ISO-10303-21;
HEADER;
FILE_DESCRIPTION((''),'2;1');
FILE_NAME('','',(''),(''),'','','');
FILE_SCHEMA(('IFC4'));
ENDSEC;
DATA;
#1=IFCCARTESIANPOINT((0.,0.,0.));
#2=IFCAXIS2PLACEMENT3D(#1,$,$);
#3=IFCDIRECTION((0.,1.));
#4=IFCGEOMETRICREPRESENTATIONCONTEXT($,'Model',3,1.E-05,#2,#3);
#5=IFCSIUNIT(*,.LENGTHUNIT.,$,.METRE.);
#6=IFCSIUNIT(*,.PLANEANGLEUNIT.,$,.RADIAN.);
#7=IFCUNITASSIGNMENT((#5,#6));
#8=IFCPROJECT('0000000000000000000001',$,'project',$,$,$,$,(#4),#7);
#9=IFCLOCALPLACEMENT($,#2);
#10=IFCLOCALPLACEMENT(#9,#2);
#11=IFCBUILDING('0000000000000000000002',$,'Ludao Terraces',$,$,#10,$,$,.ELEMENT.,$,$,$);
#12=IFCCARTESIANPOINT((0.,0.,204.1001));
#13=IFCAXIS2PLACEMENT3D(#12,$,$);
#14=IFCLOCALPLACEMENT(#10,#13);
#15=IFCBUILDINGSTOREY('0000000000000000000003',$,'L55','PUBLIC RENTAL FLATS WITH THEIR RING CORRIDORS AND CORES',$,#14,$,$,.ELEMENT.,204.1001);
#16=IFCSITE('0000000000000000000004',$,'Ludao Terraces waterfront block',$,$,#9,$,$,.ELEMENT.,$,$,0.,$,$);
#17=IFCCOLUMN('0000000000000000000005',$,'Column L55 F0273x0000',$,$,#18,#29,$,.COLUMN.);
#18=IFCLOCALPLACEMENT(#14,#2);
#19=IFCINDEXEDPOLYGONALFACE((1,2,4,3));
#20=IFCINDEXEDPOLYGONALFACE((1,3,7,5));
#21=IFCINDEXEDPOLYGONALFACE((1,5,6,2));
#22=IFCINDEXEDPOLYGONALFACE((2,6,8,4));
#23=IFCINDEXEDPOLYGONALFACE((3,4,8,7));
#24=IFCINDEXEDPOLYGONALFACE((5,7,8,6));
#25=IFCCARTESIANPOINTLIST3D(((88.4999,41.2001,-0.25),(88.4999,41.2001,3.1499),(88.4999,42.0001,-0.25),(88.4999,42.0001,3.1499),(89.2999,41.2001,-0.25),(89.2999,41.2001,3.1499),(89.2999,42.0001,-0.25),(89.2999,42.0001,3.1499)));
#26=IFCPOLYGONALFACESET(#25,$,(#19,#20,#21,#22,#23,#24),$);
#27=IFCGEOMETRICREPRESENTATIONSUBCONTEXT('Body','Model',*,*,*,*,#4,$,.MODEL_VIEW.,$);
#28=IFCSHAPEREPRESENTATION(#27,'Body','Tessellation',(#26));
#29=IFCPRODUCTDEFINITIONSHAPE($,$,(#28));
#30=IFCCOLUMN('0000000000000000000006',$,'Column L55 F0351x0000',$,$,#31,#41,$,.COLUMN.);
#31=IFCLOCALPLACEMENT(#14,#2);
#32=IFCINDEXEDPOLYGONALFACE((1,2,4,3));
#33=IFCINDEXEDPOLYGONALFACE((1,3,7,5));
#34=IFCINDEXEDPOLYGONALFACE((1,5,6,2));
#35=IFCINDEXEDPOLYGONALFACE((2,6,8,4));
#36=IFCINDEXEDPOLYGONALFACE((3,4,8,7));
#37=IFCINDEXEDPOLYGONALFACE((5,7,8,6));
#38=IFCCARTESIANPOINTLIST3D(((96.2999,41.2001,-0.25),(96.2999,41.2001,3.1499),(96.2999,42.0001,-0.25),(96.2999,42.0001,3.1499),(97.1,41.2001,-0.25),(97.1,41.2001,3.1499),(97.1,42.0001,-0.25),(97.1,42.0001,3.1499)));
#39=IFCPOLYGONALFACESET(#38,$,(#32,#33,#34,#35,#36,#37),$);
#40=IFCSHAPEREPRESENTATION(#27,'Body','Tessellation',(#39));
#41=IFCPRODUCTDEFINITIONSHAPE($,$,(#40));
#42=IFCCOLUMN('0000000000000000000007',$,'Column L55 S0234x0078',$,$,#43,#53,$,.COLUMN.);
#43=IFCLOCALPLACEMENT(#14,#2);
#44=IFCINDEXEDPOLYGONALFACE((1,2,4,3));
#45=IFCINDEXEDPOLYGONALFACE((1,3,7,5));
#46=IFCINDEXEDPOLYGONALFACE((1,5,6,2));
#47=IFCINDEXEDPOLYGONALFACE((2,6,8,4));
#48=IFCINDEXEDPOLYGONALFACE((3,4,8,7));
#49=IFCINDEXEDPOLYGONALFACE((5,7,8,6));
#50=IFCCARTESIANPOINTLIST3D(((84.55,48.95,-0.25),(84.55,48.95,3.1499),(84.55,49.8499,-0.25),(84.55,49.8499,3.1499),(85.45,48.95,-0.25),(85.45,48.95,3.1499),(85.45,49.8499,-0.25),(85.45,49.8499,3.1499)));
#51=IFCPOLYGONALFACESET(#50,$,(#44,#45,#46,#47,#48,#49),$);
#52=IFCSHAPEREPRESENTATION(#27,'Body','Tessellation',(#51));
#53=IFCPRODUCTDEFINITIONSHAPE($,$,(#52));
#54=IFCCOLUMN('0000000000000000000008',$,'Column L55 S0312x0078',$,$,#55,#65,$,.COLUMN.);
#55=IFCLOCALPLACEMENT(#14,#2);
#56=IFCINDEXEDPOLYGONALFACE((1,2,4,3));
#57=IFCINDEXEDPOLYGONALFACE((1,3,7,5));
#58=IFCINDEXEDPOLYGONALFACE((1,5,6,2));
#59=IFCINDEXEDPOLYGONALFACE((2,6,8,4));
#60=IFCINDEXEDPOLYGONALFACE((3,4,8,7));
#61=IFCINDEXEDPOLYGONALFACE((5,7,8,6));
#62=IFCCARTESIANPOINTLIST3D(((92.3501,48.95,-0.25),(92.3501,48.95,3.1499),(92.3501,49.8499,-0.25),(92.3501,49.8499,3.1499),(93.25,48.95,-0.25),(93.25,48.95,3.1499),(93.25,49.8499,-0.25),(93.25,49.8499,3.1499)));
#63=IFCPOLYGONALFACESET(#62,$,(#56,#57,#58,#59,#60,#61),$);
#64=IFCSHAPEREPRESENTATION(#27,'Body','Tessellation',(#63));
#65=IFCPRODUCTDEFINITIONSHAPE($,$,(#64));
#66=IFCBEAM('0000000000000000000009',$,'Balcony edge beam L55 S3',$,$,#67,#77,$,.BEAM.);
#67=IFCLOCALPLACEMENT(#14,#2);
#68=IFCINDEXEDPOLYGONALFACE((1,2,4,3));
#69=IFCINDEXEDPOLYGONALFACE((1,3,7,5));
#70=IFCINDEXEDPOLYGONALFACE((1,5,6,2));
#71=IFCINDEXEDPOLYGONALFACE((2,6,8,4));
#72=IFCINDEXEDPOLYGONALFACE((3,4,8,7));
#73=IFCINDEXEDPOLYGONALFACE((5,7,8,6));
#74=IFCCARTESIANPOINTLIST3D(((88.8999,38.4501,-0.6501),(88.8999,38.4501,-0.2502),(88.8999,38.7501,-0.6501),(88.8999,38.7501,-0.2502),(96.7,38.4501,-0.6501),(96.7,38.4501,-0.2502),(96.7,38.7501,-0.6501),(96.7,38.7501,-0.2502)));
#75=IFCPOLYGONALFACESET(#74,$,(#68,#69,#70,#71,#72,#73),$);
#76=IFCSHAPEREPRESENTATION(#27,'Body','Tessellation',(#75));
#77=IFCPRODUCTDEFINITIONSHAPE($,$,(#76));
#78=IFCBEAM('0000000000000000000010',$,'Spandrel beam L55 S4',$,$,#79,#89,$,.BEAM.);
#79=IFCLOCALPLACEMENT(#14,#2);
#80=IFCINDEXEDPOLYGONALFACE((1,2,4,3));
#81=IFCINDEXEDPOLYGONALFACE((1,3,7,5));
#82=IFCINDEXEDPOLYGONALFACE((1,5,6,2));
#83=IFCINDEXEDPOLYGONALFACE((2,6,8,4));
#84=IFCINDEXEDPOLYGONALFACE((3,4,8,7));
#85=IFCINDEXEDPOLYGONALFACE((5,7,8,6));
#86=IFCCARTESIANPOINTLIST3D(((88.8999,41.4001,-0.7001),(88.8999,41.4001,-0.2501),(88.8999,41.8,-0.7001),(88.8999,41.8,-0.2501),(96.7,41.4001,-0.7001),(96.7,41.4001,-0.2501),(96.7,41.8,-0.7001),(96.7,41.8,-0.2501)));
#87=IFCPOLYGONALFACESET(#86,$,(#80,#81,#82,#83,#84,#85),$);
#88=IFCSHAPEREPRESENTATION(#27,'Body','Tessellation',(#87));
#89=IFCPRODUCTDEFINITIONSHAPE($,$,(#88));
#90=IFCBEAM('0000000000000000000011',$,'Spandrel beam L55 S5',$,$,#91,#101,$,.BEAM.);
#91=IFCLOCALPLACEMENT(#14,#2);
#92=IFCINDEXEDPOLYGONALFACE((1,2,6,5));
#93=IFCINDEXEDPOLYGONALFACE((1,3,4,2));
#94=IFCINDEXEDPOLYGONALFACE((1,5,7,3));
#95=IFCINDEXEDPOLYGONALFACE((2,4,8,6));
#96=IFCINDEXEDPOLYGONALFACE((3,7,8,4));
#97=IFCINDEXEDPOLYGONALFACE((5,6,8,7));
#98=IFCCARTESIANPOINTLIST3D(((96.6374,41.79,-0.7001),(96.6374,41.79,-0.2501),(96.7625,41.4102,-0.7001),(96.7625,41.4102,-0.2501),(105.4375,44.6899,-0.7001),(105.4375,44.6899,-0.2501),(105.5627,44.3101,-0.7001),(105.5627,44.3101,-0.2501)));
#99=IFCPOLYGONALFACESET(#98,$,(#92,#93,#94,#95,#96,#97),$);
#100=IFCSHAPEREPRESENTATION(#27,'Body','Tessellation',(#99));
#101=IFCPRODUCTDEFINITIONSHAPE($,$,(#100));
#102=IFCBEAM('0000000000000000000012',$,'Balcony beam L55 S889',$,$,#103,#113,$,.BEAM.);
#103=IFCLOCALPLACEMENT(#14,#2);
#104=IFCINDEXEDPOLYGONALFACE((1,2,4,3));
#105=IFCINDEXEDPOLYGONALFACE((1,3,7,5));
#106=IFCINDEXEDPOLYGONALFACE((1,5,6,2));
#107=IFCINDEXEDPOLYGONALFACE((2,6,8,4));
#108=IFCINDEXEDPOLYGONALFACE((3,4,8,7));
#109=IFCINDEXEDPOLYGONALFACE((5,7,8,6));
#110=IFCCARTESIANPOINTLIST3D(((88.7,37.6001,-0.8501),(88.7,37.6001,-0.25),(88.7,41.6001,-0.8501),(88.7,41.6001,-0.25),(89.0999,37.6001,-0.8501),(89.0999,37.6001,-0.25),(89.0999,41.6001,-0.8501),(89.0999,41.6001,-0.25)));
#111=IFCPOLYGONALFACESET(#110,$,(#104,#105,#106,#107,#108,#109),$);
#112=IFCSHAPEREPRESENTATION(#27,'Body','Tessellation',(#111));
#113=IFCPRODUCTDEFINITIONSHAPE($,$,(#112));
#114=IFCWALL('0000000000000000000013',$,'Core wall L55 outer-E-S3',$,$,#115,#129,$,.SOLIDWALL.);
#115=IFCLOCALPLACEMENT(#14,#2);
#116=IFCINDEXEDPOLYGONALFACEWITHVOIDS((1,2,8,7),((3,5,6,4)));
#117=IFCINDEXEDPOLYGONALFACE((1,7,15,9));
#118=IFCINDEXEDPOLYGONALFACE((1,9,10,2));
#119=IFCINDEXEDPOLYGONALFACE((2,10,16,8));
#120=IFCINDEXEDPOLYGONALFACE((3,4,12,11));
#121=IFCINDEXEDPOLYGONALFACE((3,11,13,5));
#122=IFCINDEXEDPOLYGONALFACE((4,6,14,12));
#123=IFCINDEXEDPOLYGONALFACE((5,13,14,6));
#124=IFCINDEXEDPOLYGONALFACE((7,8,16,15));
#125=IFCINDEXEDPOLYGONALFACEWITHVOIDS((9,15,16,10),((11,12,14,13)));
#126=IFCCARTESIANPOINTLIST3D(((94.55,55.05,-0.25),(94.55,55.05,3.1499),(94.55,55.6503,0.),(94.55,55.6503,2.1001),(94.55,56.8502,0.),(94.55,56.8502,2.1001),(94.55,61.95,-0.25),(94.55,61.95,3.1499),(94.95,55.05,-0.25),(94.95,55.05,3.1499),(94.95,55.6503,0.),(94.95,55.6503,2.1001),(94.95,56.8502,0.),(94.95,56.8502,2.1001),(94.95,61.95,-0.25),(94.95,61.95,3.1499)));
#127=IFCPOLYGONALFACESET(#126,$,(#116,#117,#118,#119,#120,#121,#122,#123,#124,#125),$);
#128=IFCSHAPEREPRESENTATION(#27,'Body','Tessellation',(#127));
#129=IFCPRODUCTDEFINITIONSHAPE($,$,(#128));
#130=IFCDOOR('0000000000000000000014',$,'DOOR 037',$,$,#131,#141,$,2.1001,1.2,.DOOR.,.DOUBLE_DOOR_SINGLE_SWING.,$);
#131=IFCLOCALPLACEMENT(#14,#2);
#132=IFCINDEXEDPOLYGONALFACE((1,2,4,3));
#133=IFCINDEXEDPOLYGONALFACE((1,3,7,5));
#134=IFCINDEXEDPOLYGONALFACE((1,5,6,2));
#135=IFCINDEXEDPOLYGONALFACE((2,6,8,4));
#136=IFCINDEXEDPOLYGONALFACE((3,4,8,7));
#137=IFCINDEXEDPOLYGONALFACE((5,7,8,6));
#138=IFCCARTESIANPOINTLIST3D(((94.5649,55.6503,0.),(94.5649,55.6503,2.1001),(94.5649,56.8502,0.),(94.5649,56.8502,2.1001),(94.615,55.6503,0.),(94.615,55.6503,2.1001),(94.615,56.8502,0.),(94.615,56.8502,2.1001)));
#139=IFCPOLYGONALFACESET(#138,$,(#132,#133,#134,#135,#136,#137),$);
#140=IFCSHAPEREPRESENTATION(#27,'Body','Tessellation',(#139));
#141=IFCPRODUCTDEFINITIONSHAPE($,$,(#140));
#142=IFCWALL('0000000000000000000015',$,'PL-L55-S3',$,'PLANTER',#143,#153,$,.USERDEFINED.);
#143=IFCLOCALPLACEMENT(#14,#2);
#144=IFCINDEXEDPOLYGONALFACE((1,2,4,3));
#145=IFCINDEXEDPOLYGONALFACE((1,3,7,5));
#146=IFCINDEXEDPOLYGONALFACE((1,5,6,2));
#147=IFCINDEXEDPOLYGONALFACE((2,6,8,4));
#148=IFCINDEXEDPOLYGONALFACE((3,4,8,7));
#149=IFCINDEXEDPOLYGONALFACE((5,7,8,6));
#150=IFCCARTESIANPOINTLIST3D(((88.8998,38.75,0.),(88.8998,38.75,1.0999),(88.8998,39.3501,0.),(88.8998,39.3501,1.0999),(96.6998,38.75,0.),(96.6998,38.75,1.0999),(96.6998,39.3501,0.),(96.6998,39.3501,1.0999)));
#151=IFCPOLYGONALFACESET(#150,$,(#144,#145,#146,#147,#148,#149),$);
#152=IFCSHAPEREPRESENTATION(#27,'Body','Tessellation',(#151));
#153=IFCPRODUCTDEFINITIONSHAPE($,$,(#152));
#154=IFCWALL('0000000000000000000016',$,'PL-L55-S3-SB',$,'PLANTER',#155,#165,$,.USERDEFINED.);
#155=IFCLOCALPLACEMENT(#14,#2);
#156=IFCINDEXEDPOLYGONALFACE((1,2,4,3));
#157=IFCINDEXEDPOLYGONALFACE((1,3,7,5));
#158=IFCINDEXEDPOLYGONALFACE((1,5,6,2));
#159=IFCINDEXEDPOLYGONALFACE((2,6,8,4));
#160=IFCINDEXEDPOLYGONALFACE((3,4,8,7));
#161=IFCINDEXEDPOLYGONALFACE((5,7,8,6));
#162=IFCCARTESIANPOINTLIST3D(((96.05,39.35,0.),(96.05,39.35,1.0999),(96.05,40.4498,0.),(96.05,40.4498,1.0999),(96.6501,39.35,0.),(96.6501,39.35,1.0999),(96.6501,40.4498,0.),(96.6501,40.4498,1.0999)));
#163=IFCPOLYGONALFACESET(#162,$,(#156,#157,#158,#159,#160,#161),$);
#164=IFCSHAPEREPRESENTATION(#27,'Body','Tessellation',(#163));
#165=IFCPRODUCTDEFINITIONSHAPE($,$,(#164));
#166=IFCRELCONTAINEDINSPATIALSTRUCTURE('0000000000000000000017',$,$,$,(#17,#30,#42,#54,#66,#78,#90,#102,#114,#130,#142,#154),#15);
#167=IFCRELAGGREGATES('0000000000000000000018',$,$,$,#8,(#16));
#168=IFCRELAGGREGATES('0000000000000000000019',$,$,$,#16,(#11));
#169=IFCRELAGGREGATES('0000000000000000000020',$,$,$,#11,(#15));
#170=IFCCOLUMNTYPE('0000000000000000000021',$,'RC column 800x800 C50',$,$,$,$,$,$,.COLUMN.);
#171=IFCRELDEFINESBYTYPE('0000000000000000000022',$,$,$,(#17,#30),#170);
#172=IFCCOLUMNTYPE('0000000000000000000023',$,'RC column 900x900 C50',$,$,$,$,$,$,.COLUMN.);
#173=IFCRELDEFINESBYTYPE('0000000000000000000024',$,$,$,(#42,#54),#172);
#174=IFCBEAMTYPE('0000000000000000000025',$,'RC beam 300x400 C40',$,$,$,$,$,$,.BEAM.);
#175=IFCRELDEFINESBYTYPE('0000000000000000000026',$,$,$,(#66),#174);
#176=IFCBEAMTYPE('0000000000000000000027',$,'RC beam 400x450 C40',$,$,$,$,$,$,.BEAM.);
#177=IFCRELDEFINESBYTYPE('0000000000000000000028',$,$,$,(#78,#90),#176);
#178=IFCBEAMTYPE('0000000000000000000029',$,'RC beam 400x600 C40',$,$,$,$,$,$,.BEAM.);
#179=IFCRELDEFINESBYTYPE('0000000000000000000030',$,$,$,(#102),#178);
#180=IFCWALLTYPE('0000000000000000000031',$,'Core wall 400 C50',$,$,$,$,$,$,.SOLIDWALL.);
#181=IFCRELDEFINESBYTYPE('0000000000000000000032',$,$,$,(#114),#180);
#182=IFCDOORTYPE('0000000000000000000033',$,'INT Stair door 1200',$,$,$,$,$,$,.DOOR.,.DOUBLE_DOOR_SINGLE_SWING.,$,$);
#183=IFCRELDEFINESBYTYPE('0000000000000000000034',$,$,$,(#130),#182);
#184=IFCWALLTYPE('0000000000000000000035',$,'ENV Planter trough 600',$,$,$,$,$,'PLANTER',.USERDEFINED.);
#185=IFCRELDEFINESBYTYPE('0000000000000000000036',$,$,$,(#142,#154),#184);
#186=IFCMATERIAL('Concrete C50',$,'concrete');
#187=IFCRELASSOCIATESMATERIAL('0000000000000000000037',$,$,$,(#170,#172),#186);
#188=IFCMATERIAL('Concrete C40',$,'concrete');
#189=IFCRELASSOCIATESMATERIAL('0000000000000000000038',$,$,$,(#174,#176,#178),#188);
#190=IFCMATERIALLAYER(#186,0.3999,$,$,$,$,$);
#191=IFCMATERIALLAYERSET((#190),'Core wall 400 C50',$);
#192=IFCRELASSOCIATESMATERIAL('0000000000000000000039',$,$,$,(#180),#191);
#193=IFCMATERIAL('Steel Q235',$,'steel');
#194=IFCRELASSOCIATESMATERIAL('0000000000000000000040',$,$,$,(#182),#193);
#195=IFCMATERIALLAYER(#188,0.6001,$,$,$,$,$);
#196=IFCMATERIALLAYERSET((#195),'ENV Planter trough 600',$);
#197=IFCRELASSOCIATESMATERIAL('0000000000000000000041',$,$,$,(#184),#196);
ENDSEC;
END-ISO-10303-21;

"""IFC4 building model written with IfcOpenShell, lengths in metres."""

from ifc_helpers import new_model, si_unit, direction, frame, frame_2d, origin, origin_2d, place, context, subcontext, project, spatial, rectangle, extrude, material, layer, layer_set, material_profile, profile_set, type_object, element, fill, save


model = new_model("IFC4")

# Units and contexts
model_context = context("Model", 3, precision=1e-05, world=origin(), true_north=direction((0.0, 1.0)))
body_context = subcontext(model_context, "Body", "Model", "MODEL_VIEW")
ifc_project = project(units=[si_unit("LENGTHUNIT", "METRE"), si_unit("PLANEANGLEUNIT", "RADIAN")], contexts=[model_context])

# Site, building, storey
site_placement = place(None, origin())
site = spatial("IfcSite", under=ifc_project, at=site_placement, Name="Ludao Terraces waterfront block", CompositionType="ELEMENT", RefElevation=0.0)
building_placement = place(site_placement, origin())
building = spatial("IfcBuilding", under=site, at=building_placement, Name="Ludao Terraces", CompositionType="ELEMENT")
storey_placement = place(building_placement, frame((0.0, 0.0, 204.1001)))
storey = spatial("IfcBuildingStorey", under=building, at=storey_placement, Name="L55", Description="PUBLIC RENTAL FLATS WITH THEIR RING CORRIDORS AND CORES", CompositionType="ELEMENT", Elevation=204.1001)

# Columns
ifc_material_1 = material(Name="Concrete C50", Category="concrete")
ifc_material_profile_1 = material_profile(ifc_material_1, rectangle(XDim=0.8, YDim=0.8, at=origin_2d()), Name="800 X 800")
ifc_profile_set_1 = profile_set([ifc_material_profile_1], Name="Concrete C50")
column_type_1 = type_object("IfcColumnType", Name="RC column 800x800 C50", PredefinedType="COLUMN", material=ifc_profile_set_1)
for number, where, z_axis, x_axis, name in (
    (1, (88.8999, 41.6001, -0.25), (0.0, 0.0, 1.0), (1.0, 0.0, 0.0), "Column L55 F0273x0000"),
    (2, (96.7, 41.6001, -0.25), (0.0, 0.0, 1.0), (1.0, 0.0, 0.0), "Column L55 F0351x0000"),
):
    element("IfcColumn", number, at=place(storey_placement, frame(where, z_axis=z_axis, x_axis=x_axis)), inside=storey, type_object=column_type_1, Name=name, PredefinedType="COLUMN", context=body_context, shape_type="SweptSolid", body=[
        extrude(rectangle(XDim=0.8, YDim=0.8, at=origin_2d()), origin(), (0.0, 0.0, 1.0), 3.3999),
    ])
ifc_material_profile_2 = material_profile(ifc_material_1, rectangle(XDim=0.8999, YDim=0.8999, at=origin_2d()), Name="900 X 900")
ifc_profile_set_2 = profile_set([ifc_material_profile_2], Name="Concrete C50")
column_type_2 = type_object("IfcColumnType", Name="RC column 900x900 C50", PredefinedType="COLUMN", material=ifc_profile_set_2)
for number, where, z_axis, x_axis, name in (
    (3, (85.0, 49.3999, -0.25), (0.0, 0.0, 1.0), (1.0, 0.0, 0.0), "Column L55 S0234x0078"),
    (4, (92.8, 49.3999, -0.25), (0.0, 0.0, 1.0), (1.0, 0.0, 0.0), "Column L55 S0312x0078"),
):
    element("IfcColumn", number, at=place(storey_placement, frame(where, z_axis=z_axis, x_axis=x_axis)), inside=storey, type_object=column_type_2, Name=name, PredefinedType="COLUMN", context=body_context, shape_type="SweptSolid", body=[
        extrude(rectangle(XDim=0.8999, YDim=0.8999, at=origin_2d()), origin(), (0.0, 0.0, 1.0), 3.3999),
    ])

# Beams
ifc_material_2 = material(Name="Concrete C40", Category="concrete")
ifc_material_profile_3 = material_profile(ifc_material_2, rectangle(XDim=0.3, YDim=0.3999, at=origin_2d()), Name="300 X 400")
ifc_profile_set_3 = profile_set([ifc_material_profile_3], Name="Concrete C40")
beam_type_1 = type_object("IfcBeamType", Name="RC beam 300x400 C40", PredefinedType="BEAM", material=ifc_profile_set_3)
beam_1_placement = place(storey_placement, frame((88.8999, 38.6001, -0.4502), z_axis=(1.0, 0.0, 0.0), x_axis=(0.0, 1.0, 0.0)))
element("IfcBeam", 5, at=beam_1_placement, inside=storey, type_object=beam_type_1, Name="Balcony edge beam L55 S3", PredefinedType="BEAM", context=body_context, shape_type="SweptSolid", body=[
    extrude(rectangle(XDim=0.3, YDim=0.3999, at=origin_2d()), origin(), (0.0, 0.0, 1.0), 7.8),
])
ifc_material_profile_4 = material_profile(ifc_material_2, rectangle(XDim=0.3999, YDim=0.45, at=origin_2d()), Name="400 X 450")
ifc_profile_set_4 = profile_set([ifc_material_profile_4], Name="Concrete C40")
beam_type_2 = type_object("IfcBeamType", Name="RC beam 400x450 C40", PredefinedType="BEAM", material=ifc_profile_set_4)
beam_2_placement = place(storey_placement, frame((88.8999, 41.6001, -0.4751), z_axis=(1.0, 0.0, 0.0), x_axis=(0.0, 1.0, 0.0)))
element("IfcBeam", 6, at=beam_2_placement, inside=storey, type_object=beam_type_2, Name="Spandrel beam L55 S4", PredefinedType="BEAM", context=body_context, shape_type="SweptSolid", body=[
    extrude(rectangle(XDim=0.3999, YDim=0.45, at=origin_2d()), origin(), (0.0, 0.0, 1.0), 7.8),
])
beam_3_placement = place(storey_placement, frame((96.7, 41.6001, -0.4751), z_axis=(0.949761, 0.312977, 0.0), x_axis=(-0.312977, 0.949761, 0.0)))
element("IfcBeam", 7, at=beam_3_placement, inside=storey, type_object=beam_type_2, Name="Spandrel beam L55 S5", PredefinedType="BEAM", context=body_context, shape_type="SweptSolid", body=[
    extrude(rectangle(XDim=0.3999, YDim=0.45, at=origin_2d()), origin(), (0.0, 0.0, 1.0), 9.2656),
])
ifc_material_profile_5 = material_profile(ifc_material_2, rectangle(XDim=0.3999, YDim=0.6001, at=origin_2d()), Name="400 X 600")
ifc_profile_set_5 = profile_set([ifc_material_profile_5], Name="Concrete C40")
beam_type_3 = type_object("IfcBeamType", Name="RC beam 400x600 C40", PredefinedType="BEAM", material=ifc_profile_set_5)
beam_4_placement = place(storey_placement, frame((88.8999, 41.6001, -0.55), z_axis=(0.0, -1.0, 0.0), x_axis=(1.0, 0.0, 0.0)))
element("IfcBeam", 8, at=beam_4_placement, inside=storey, type_object=beam_type_3, Name="Balcony beam L55 S889", PredefinedType="BEAM", context=body_context, shape_type="SweptSolid", body=[
    extrude(rectangle(XDim=0.3999, YDim=0.6001, at=origin_2d()), origin(), (0.0, 0.0, 1.0), 4.0),
])

# Wall, opening, door
ifc_layer_1 = layer(ifc_material_1, 0.3999)
ifc_layer_set_1 = layer_set([ifc_layer_1], Name="Core wall 400 C50")
wall_type_1 = type_object("IfcWallType", Name="Core wall 400 C50", PredefinedType="SOLIDWALL", material=ifc_layer_set_1)
wall_1_placement = place(storey_placement, frame((94.75, 55.05, -0.25), z_axis=(0.0, 0.0, 1.0), x_axis=(0.0, 1.0, 0.0)))
wall_1 = element("IfcWall", 9, at=wall_1_placement, inside=storey, type_object=wall_type_1, Name="Core wall L55 outer-E-S3", PredefinedType="SOLIDWALL", context=body_context, shape_type="SweptSolid", body=[
    extrude(rectangle(XDim=6.8999, YDim=0.3999, at=frame_2d((3.45, 0.0))), origin(), (0.0, 0.0, 1.0), 3.3999),
])
opening_1_placement = place(wall_1_placement, frame((0.6001, 0.0, 0.25)))
opening_1 = element("IfcOpeningElement", 10, at=opening_1_placement, cuts=wall_1, PredefinedType="OPENING", context=body_context, shape_type="SweptSolid", body=[
    extrude(rectangle(XDim=1.2, YDim=2.1001, at=frame_2d((0.6001, 1.05))), frame((0.0, 0.21, 0.0), z_axis=(0.0, -1.0, 0.0), x_axis=(1.0, 0.0, 0.0)), (0.0, 0.0, 1.0), 0.4199),
])
ifc_material_3 = material(Name="Steel Q235", Category="steel")
door_type_1 = type_object("IfcDoorType", Name="INT Stair door 1200", OperationType="DOUBLE_DOOR_SINGLE_SWING", PredefinedType="DOOR", material=ifc_material_3)
door_1_placement = place(opening_1_placement, origin())
door_1 = element("IfcDoor", 11, at=door_1_placement, inside=storey, type_object=door_type_1, Name="DOOR 037", OperationType="DOUBLE_DOOR_SINGLE_SWING", OverallHeight=2.1001, OverallWidth=1.2, PredefinedType="DOOR", context=body_context, shape_type="SweptSolid", body=[
    extrude(rectangle(XDim=1.2, YDim=2.1001, at=frame_2d((0.6001, 1.05))), frame((0.0, 0.1851, 0.0), z_axis=(0.0, -1.0, 0.0), x_axis=(1.0, 0.0, 0.0)), (0.0, 0.0, 1.0), 0.05),
])
fill(opening_1, door_1)

# Walls
ifc_layer_2 = layer(ifc_material_2, 0.6001)
ifc_layer_set_2 = layer_set([ifc_layer_2], Name="ENV Planter trough 600")
wall_type_2 = type_object("IfcWallType", Name="ENV Planter trough 600", ElementType="PLANTER", PredefinedType="USERDEFINED", material=ifc_layer_set_2)
wall_2_placement = place(storey_placement, frame((88.8999, 39.05, 0.0), z_axis=(0.0, 0.0, 1.0), x_axis=(1.0, 0.0, 0.0)))
element("IfcWall", 12, at=wall_2_placement, inside=storey, type_object=wall_type_2, Name="PL-L55-S3", ObjectType="PLANTER", PredefinedType="USERDEFINED", context=body_context, shape_type="SweptSolid", body=[
    extrude(rectangle(XDim=7.8, YDim=0.6001, at=frame_2d((3.8999, 0.0))), origin(), (0.0, 0.0, 1.0), 1.0999),
])
wall_3_placement = place(storey_placement, frame((96.3501, 39.3501, 0.0), z_axis=(0.0, 0.0, 1.0), x_axis=(0.0, 1.0, 0.0)))
element("IfcWall", 13, at=wall_3_placement, inside=storey, type_object=wall_type_2, Name="PL-L55-S3-SB", ObjectType="PLANTER", PredefinedType="USERDEFINED", context=body_context, shape_type="SweptSolid", body=[
    extrude(rectangle(XDim=1.0999, YDim=0.6001, at=frame_2d((0.5498, 0.0))), origin(), (0.0, 0.0, 1.0), 1.0999),
])

save(model, "model.ifc")
